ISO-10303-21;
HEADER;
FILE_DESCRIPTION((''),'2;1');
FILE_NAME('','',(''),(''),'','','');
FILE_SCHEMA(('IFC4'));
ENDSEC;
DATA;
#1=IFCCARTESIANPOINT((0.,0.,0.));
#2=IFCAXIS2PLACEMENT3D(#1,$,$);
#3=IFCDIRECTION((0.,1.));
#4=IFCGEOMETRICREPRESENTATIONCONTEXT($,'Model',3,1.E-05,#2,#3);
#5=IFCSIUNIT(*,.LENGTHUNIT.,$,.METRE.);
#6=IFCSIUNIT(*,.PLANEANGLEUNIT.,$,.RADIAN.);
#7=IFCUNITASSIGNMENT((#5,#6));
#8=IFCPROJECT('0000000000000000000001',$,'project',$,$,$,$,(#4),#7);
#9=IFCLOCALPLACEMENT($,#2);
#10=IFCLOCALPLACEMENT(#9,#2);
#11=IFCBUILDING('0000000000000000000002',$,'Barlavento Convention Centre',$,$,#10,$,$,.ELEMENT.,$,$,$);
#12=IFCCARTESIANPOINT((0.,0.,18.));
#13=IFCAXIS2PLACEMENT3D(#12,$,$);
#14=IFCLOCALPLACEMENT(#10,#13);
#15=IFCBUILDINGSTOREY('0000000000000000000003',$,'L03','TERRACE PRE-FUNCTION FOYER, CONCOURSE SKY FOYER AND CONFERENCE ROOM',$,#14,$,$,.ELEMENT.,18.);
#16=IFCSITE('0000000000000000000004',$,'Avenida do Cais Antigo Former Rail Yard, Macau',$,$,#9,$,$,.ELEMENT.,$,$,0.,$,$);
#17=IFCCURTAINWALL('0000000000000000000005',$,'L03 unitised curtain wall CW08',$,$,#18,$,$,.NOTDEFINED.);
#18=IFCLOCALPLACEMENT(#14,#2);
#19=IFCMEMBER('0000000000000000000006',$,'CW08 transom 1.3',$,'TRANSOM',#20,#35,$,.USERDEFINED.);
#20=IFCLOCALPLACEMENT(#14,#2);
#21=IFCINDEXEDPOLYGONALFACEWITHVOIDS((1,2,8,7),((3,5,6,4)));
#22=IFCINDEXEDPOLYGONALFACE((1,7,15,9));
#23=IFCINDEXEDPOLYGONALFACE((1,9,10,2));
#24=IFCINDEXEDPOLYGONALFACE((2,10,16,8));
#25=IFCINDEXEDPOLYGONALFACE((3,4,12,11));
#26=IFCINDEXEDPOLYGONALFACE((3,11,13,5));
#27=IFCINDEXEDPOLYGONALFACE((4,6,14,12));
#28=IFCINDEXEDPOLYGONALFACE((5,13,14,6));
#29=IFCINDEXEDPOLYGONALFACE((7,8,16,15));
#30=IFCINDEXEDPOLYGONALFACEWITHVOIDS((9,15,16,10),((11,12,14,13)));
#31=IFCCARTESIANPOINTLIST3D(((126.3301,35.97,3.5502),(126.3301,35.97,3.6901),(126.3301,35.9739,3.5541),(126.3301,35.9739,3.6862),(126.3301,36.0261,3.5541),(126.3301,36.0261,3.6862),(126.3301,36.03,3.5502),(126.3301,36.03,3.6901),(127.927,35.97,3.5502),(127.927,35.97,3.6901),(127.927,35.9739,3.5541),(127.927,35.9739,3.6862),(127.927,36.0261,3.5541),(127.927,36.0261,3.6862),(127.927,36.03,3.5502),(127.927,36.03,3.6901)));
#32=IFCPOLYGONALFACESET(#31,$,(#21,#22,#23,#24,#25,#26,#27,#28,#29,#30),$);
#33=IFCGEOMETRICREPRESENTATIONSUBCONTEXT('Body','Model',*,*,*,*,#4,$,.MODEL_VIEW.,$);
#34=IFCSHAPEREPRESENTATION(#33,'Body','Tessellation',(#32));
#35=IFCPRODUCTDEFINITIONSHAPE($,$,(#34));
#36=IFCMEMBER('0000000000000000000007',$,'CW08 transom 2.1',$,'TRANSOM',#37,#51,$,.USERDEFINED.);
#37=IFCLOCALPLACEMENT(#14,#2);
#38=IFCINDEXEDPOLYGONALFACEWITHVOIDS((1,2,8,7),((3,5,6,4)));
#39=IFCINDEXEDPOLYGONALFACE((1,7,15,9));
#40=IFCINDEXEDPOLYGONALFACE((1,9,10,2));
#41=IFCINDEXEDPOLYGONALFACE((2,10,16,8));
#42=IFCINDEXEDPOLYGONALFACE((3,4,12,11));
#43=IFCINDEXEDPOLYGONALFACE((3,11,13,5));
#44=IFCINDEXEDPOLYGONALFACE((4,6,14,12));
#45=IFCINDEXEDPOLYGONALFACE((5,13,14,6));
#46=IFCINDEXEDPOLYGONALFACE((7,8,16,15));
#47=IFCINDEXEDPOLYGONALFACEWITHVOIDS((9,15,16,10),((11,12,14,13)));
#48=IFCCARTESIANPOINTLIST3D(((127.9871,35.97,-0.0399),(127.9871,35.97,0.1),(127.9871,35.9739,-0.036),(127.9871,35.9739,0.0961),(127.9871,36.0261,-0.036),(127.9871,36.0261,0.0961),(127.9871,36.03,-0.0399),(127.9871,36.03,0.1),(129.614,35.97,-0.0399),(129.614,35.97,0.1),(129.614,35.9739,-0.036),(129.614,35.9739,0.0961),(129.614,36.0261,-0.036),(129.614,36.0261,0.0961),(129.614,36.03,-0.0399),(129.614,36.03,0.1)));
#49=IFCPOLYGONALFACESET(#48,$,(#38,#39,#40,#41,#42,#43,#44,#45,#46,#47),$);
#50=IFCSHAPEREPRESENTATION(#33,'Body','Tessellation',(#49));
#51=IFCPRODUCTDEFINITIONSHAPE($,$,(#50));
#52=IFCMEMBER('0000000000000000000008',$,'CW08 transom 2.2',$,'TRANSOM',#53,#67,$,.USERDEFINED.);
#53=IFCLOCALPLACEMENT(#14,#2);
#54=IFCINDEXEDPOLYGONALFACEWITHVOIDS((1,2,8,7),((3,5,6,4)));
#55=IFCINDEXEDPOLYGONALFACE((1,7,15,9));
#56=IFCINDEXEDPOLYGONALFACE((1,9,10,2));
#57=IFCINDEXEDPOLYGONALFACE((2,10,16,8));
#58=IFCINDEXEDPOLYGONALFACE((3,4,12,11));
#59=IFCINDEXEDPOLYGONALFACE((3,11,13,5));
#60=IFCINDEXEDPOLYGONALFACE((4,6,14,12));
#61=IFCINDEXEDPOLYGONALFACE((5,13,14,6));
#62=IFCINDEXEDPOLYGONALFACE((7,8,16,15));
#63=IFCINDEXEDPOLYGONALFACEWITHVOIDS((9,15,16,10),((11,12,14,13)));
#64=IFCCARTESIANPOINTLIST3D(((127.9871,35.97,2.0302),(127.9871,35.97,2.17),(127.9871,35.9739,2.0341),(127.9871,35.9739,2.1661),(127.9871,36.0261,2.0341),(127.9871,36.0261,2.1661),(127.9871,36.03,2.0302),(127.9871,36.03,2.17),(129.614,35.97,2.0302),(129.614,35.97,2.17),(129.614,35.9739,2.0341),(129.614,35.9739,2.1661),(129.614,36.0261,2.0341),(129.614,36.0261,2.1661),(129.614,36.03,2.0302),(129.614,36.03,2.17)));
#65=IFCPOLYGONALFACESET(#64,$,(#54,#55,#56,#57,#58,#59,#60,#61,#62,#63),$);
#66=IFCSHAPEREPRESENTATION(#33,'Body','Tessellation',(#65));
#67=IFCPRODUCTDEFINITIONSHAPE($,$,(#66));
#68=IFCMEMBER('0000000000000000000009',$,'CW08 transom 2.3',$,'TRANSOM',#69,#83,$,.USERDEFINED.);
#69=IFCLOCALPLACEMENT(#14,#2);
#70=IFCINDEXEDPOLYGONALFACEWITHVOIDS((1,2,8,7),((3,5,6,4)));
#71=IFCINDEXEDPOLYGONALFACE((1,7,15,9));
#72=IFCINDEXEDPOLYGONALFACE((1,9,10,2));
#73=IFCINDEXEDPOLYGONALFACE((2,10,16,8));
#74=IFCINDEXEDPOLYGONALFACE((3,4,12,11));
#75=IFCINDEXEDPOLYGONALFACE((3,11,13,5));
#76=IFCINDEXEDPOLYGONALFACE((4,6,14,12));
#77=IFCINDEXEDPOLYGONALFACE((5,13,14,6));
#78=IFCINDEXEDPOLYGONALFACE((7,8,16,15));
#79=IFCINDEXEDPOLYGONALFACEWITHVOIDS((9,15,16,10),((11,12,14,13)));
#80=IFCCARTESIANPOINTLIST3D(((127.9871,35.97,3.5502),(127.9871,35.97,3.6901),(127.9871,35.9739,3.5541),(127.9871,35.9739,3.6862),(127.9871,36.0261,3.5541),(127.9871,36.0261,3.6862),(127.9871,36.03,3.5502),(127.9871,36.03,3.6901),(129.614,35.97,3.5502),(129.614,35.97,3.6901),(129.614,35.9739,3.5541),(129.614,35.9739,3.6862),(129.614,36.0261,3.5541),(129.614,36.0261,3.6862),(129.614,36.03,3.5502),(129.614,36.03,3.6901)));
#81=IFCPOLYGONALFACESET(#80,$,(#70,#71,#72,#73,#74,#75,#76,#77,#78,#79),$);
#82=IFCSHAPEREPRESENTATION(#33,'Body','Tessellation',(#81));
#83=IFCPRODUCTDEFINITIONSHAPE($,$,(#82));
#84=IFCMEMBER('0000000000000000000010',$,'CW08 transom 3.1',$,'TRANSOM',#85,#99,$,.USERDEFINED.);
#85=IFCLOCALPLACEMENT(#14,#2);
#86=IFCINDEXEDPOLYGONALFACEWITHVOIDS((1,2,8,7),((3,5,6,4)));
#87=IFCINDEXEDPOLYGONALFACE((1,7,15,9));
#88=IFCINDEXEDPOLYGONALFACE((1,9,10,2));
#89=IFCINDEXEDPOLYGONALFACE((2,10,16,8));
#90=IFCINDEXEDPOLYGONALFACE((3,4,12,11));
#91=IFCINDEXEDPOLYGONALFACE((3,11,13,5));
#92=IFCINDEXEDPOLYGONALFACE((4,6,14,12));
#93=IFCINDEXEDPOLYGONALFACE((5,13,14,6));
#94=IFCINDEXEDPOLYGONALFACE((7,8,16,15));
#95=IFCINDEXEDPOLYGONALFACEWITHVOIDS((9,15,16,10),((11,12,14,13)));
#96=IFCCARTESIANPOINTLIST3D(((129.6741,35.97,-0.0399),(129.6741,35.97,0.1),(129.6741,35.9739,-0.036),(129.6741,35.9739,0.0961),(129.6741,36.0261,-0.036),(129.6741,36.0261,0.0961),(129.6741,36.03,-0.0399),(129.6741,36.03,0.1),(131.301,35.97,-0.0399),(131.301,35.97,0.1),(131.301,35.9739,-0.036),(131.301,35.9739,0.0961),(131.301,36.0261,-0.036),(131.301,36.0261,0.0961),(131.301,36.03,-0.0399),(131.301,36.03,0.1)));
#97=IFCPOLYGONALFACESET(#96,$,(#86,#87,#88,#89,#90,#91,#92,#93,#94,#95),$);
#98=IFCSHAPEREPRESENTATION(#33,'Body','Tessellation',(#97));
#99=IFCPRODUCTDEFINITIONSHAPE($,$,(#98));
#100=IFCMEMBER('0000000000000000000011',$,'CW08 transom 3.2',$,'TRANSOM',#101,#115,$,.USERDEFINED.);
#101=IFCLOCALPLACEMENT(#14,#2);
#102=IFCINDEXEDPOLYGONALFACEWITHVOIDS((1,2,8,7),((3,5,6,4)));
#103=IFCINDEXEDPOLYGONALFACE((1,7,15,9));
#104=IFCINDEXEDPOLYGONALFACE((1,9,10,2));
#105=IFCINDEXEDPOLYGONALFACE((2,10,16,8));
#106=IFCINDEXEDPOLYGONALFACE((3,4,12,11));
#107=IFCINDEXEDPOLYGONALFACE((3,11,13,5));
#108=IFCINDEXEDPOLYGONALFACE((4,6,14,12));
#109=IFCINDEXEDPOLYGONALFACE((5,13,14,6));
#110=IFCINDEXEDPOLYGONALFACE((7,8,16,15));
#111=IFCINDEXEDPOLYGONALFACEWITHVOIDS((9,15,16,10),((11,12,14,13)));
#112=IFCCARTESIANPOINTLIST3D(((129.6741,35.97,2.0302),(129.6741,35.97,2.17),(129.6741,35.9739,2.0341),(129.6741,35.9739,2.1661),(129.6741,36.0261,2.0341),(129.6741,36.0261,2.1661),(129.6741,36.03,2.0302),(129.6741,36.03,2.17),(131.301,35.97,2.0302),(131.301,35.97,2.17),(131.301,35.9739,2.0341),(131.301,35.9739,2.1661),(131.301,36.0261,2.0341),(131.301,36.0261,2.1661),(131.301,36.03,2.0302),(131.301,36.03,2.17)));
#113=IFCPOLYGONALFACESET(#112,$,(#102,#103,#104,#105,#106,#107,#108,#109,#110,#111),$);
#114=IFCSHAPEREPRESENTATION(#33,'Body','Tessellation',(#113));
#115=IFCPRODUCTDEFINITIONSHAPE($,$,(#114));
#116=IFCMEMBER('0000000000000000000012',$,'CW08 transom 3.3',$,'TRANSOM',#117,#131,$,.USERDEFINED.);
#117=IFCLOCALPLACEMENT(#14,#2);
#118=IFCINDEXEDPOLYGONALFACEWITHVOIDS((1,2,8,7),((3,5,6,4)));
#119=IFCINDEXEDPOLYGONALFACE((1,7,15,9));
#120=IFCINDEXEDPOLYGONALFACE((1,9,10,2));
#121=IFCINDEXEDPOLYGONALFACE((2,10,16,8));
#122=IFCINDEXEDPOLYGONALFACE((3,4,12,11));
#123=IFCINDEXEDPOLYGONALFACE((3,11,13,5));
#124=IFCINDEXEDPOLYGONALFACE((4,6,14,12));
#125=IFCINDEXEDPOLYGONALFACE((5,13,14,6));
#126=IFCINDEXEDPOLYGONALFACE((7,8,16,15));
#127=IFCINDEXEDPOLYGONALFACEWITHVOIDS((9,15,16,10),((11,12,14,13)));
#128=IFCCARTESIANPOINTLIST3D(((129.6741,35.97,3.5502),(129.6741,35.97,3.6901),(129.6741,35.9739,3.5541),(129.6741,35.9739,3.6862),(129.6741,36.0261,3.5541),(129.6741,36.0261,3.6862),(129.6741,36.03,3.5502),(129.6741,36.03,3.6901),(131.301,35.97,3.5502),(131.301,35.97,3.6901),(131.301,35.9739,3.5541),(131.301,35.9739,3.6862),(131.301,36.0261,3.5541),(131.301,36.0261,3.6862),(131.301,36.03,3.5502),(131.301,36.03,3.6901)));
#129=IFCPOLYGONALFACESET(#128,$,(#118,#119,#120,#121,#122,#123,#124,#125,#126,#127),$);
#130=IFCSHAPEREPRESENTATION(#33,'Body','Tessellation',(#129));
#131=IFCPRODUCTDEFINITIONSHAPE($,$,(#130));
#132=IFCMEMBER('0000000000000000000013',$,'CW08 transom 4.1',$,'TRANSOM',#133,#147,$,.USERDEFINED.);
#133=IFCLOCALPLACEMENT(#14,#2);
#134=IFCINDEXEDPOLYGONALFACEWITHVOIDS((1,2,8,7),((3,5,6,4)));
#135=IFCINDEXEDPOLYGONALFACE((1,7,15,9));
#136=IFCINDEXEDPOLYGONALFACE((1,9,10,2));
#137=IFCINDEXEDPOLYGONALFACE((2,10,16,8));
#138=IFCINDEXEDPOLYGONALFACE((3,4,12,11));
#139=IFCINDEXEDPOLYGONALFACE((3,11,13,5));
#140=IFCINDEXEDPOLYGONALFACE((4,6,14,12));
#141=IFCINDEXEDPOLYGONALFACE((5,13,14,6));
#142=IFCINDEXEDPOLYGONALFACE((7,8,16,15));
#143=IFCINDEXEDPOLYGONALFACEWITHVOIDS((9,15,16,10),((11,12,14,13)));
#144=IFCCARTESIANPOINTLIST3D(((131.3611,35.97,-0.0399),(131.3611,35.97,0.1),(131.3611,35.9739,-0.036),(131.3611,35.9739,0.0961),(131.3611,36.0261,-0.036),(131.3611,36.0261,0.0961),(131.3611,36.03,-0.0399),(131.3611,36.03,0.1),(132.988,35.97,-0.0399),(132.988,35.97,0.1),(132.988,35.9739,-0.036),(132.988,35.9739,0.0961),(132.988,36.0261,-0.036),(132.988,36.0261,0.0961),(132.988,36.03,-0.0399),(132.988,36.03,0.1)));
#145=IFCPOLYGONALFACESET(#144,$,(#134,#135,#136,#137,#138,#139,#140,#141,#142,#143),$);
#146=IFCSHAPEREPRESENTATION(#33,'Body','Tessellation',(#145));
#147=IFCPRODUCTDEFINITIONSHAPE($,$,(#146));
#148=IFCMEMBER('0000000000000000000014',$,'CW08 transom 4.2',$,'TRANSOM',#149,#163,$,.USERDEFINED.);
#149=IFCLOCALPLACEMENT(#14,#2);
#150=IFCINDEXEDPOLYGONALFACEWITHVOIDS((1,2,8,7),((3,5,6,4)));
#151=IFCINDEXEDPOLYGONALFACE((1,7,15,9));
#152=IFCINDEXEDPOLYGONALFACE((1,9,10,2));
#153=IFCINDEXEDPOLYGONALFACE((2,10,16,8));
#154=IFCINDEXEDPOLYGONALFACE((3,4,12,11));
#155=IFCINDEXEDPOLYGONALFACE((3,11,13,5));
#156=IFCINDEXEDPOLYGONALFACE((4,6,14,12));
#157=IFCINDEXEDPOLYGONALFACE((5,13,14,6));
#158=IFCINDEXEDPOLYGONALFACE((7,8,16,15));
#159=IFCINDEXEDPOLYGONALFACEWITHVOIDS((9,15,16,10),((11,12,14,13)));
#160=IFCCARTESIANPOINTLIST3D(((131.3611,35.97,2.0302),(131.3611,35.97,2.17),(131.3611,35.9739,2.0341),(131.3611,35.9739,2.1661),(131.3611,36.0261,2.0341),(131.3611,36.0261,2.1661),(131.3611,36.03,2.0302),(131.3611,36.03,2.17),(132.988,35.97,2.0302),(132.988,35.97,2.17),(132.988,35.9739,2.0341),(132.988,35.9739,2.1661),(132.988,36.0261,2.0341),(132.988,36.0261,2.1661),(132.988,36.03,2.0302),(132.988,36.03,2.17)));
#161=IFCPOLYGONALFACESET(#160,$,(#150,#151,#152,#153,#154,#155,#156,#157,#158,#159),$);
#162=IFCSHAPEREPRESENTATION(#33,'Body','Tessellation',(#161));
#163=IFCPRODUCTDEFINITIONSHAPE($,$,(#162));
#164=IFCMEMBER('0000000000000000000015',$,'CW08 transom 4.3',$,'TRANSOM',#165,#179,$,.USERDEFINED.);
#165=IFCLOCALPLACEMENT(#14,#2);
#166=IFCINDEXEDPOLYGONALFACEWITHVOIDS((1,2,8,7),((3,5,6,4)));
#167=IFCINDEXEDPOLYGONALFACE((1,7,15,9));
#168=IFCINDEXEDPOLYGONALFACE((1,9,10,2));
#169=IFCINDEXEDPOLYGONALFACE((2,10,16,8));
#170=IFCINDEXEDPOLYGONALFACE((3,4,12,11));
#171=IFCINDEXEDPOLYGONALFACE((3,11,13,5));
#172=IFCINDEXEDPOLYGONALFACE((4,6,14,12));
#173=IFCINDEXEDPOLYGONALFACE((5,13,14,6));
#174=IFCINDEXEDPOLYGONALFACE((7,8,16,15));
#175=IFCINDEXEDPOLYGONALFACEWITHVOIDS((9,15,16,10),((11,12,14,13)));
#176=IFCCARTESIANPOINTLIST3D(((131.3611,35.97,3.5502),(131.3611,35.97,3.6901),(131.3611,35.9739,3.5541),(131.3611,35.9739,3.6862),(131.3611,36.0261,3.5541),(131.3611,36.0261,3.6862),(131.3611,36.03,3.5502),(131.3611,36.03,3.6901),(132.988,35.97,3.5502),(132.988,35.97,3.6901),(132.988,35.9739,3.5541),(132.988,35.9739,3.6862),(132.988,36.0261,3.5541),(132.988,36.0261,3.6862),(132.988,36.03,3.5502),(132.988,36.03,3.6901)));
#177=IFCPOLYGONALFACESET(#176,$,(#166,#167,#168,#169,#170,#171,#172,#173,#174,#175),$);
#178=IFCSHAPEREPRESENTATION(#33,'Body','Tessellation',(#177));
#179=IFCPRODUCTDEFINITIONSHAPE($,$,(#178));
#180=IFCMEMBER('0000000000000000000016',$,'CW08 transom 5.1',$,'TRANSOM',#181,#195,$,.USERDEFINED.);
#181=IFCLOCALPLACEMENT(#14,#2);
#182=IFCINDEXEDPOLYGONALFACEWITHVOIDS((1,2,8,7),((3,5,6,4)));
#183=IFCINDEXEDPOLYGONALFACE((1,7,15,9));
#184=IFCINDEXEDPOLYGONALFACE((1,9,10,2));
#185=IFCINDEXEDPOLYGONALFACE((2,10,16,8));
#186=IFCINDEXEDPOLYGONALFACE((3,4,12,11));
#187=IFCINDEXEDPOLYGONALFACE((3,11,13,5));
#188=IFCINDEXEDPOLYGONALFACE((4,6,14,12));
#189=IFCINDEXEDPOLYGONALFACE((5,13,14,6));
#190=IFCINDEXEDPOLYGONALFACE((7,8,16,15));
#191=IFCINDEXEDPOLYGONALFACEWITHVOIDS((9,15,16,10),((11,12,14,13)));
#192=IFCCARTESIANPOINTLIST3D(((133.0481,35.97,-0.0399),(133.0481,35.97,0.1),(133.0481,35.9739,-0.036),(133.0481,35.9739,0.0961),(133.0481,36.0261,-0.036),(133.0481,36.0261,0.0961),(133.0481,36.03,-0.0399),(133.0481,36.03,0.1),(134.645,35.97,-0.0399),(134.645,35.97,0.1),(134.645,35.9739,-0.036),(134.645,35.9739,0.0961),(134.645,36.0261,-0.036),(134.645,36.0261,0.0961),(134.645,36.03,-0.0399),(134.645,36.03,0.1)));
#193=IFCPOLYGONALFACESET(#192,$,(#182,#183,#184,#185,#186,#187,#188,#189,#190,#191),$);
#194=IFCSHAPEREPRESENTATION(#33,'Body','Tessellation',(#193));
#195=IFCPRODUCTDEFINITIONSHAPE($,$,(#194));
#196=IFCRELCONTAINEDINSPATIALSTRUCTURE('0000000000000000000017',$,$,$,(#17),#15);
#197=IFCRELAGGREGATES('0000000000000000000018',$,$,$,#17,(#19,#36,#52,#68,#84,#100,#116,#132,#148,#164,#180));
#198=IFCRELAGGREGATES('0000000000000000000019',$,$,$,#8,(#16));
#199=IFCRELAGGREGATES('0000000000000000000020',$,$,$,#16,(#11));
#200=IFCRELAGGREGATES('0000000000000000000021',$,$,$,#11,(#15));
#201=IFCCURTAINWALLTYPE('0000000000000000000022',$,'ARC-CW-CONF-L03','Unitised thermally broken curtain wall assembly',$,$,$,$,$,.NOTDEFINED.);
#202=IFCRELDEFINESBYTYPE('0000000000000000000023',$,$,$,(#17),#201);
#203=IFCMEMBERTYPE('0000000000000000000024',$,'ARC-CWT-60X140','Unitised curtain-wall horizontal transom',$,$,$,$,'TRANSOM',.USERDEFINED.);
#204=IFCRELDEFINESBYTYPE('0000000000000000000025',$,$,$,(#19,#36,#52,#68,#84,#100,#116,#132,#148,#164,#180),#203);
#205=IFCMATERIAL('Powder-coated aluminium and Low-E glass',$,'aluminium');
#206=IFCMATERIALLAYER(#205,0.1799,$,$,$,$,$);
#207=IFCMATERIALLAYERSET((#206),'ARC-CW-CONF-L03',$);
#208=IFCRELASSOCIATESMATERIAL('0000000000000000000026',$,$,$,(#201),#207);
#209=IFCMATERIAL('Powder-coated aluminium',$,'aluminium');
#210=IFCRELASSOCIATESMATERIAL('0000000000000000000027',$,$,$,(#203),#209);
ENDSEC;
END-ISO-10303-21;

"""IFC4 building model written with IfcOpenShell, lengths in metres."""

from ifc_helpers import new_model, si_unit, direction, frame, origin, origin_2d, place, context, subcontext, project, spatial, hollow_rectangle, extrude, material, layer, layer_set, material_profile, profile_set, type_object, element, aggregate, save


model = new_model("IFC4")

# Units and contexts
model_context = context("Model", 3, precision=1e-05, world=origin(), true_north=direction((0.0, 1.0)))
body_context = subcontext(model_context, "Body", "Model", "MODEL_VIEW")
ifc_project = project(units=[si_unit("LENGTHUNIT", "METRE"), si_unit("PLANEANGLEUNIT", "RADIAN")], contexts=[model_context])

# Site, building, storey
site_placement = place(None, origin())
site = spatial("IfcSite", under=ifc_project, at=site_placement, Name="Avenida do Cais Antigo Former Rail Yard, Macau", CompositionType="ELEMENT", RefElevation=0.0)
building_placement = place(site_placement, origin())
building = spatial("IfcBuilding", under=site, at=building_placement, Name="Barlavento Convention Centre", CompositionType="ELEMENT")
storey_placement = place(building_placement, frame((0.0, 0.0, 18.0)))
storey = spatial("IfcBuildingStorey", under=building, at=storey_placement, Name="L03", Description="TERRACE PRE-FUNCTION FOYER, CONCOURSE SKY FOYER AND CONFERENCE ROOM", CompositionType="ELEMENT", Elevation=18.0)

# Curtain wall, members
ifc_material_1 = material(Name="Powder-coated aluminium and Low-E glass", Category="aluminium")
ifc_layer_1 = layer(ifc_material_1, 0.1799)
ifc_layer_set_1 = layer_set([ifc_layer_1], Name="ARC-CW-CONF-L03")
curtain_wall_type = type_object("IfcCurtainWallType", Name="ARC-CW-CONF-L03", Description="Unitised thermally broken curtain wall assembly", PredefinedType="NOTDEFINED", material=ifc_layer_set_1)
curtain_wall_placement = place(storey_placement, origin())
curtain_wall = element("IfcCurtainWall", 1, at=curtain_wall_placement, inside=storey, type_object=curtain_wall_type, Name="L03 unitised curtain wall CW08", PredefinedType="NOTDEFINED")
ifc_material_2 = material(Name="Powder-coated aluminium", Category="aluminium")
ifc_material_profile_1 = material_profile(ifc_material_2, hollow_rectangle(XDim=0.0601, YDim=0.1399, WallThickness=0.0039, at=origin_2d()), Name="AL-TRAN 60x140x4")
ifc_profile_set_1 = profile_set([ifc_material_profile_1], Name="Powder-coated aluminium")
member_type_1 = type_object("IfcMemberType", Name="ARC-CWT-60X140", Description="Unitised curtain-wall horizontal transom", ElementType="TRANSOM", PredefinedType="USERDEFINED", material=ifc_profile_set_1)
member_1_placement = place(storey_placement, frame((126.3301, 36.0, 3.6201), z_axis=(1.0, 0.0, 0.0), x_axis=(0.0, 1.0, 0.0)))
member_1 = element("IfcMember", 2, at=member_1_placement, type_object=member_type_1, Name="CW08 transom 1.3", ObjectType="TRANSOM", PredefinedType="USERDEFINED", context=body_context, shape_type="SweptSolid", body=[
    extrude(hollow_rectangle(XDim=0.0601, YDim=0.1399, WallThickness=0.0039, at=origin_2d()), origin(), (0.0, 0.0, 1.0), 1.5969),
])
member_2_placement = place(storey_placement, frame((127.9871, 36.0, 0.03), z_axis=(1.0, 0.0, 0.0), x_axis=(0.0, 1.0, 0.0)))
member_2 = element("IfcMember", 3, at=member_2_placement, type_object=member_type_1, Name="CW08 transom 2.1", ObjectType="TRANSOM", PredefinedType="USERDEFINED", context=body_context, shape_type="SweptSolid", body=[
    extrude(hollow_rectangle(XDim=0.0601, YDim=0.1399, WallThickness=0.0039, at=origin_2d()), origin(), (0.0, 0.0, 1.0), 1.627),
])
member_3_placement = place(storey_placement, frame((127.9871, 36.0, 2.1001), z_axis=(1.0, 0.0, 0.0), x_axis=(0.0, 1.0, 0.0)))
member_3 = element("IfcMember", 4, at=member_3_placement, type_object=member_type_1, Name="CW08 transom 2.2", ObjectType="TRANSOM", PredefinedType="USERDEFINED", context=body_context, shape_type="SweptSolid", body=[
    extrude(hollow_rectangle(XDim=0.0601, YDim=0.1399, WallThickness=0.0039, at=origin_2d()), origin(), (0.0, 0.0, 1.0), 1.627),
])
member_4_placement = place(storey_placement, frame((127.9871, 36.0, 3.6201), z_axis=(1.0, 0.0, 0.0), x_axis=(0.0, 1.0, 0.0)))
member_4 = element("IfcMember", 5, at=member_4_placement, type_object=member_type_1, Name="CW08 transom 2.3", ObjectType="TRANSOM", PredefinedType="USERDEFINED", context=body_context, shape_type="SweptSolid", body=[
    extrude(hollow_rectangle(XDim=0.0601, YDim=0.1399, WallThickness=0.0039, at=origin_2d()), origin(), (0.0, 0.0, 1.0), 1.627),
])
member_5_placement = place(storey_placement, frame((129.6741, 36.0, 0.03), z_axis=(1.0, 0.0, 0.0), x_axis=(0.0, 1.0, 0.0)))
member_5 = element("IfcMember", 6, at=member_5_placement, type_object=member_type_1, Name="CW08 transom 3.1", ObjectType="TRANSOM", PredefinedType="USERDEFINED", context=body_context, shape_type="SweptSolid", body=[
    extrude(hollow_rectangle(XDim=0.0601, YDim=0.1399, WallThickness=0.0039, at=origin_2d()), origin(), (0.0, 0.0, 1.0), 1.627),
])
member_6_placement = place(storey_placement, frame((129.6741, 36.0, 2.1001), z_axis=(1.0, 0.0, 0.0), x_axis=(0.0, 1.0, 0.0)))
member_6 = element("IfcMember", 7, at=member_6_placement, type_object=member_type_1, Name="CW08 transom 3.2", ObjectType="TRANSOM", PredefinedType="USERDEFINED", context=body_context, shape_type="SweptSolid", body=[
    extrude(hollow_rectangle(XDim=0.0601, YDim=0.1399, WallThickness=0.0039, at=origin_2d()), origin(), (0.0, 0.0, 1.0), 1.627),
])
member_7_placement = place(storey_placement, frame((129.6741, 36.0, 3.6201), z_axis=(1.0, 0.0, 0.0), x_axis=(0.0, 1.0, 0.0)))
member_7 = element("IfcMember", 8, at=member_7_placement, type_object=member_type_1, Name="CW08 transom 3.3", ObjectType="TRANSOM", PredefinedType="USERDEFINED", context=body_context, shape_type="SweptSolid", body=[
    extrude(hollow_rectangle(XDim=0.0601, YDim=0.1399, WallThickness=0.0039, at=origin_2d()), origin(), (0.0, 0.0, 1.0), 1.627),
])
member_8_placement = place(storey_placement, frame((131.3611, 36.0, 0.03), z_axis=(1.0, 0.0, 0.0), x_axis=(0.0, 1.0, 0.0)))
member_8 = element("IfcMember", 9, at=member_8_placement, type_object=member_type_1, Name="CW08 transom 4.1", ObjectType="TRANSOM", PredefinedType="USERDEFINED", context=body_context, shape_type="SweptSolid", body=[
    extrude(hollow_rectangle(XDim=0.0601, YDim=0.1399, WallThickness=0.0039, at=origin_2d()), origin(), (0.0, 0.0, 1.0), 1.627),
])
member_9_placement = place(storey_placement, frame((131.3611, 36.0, 2.1001), z_axis=(1.0, 0.0, 0.0), x_axis=(0.0, 1.0, 0.0)))
member_9 = element("IfcMember", 10, at=member_9_placement, type_object=member_type_1, Name="CW08 transom 4.2", ObjectType="TRANSOM", PredefinedType="USERDEFINED", context=body_context, shape_type="SweptSolid", body=[
    extrude(hollow_rectangle(XDim=0.0601, YDim=0.1399, WallThickness=0.0039, at=origin_2d()), origin(), (0.0, 0.0, 1.0), 1.627),
])
member_10_placement = place(storey_placement, frame((131.3611, 36.0, 3.6201), z_axis=(1.0, 0.0, 0.0), x_axis=(0.0, 1.0, 0.0)))
member_10 = element("IfcMember", 11, at=member_10_placement, type_object=member_type_1, Name="CW08 transom 4.3", ObjectType="TRANSOM", PredefinedType="USERDEFINED", context=body_context, shape_type="SweptSolid", body=[
    extrude(hollow_rectangle(XDim=0.0601, YDim=0.1399, WallThickness=0.0039, at=origin_2d()), origin(), (0.0, 0.0, 1.0), 1.627),
])
member_11_placement = place(storey_placement, frame((133.0481, 36.0, 0.03), z_axis=(1.0, 0.0, 0.0), x_axis=(0.0, 1.0, 0.0)))
member_11 = element("IfcMember", 12, at=member_11_placement, type_object=member_type_1, Name="CW08 transom 5.1", ObjectType="TRANSOM", PredefinedType="USERDEFINED", context=body_context, shape_type="SweptSolid", body=[
    extrude(hollow_rectangle(XDim=0.0601, YDim=0.1399, WallThickness=0.0039, at=origin_2d()), origin(), (0.0, 0.0, 1.0), 1.5969),
])
aggregate(curtain_wall, [member_1, member_2, member_3, member_4, member_5, member_6, member_7, member_8, member_9, member_10, member_11])

save(model, "model.ifc")
